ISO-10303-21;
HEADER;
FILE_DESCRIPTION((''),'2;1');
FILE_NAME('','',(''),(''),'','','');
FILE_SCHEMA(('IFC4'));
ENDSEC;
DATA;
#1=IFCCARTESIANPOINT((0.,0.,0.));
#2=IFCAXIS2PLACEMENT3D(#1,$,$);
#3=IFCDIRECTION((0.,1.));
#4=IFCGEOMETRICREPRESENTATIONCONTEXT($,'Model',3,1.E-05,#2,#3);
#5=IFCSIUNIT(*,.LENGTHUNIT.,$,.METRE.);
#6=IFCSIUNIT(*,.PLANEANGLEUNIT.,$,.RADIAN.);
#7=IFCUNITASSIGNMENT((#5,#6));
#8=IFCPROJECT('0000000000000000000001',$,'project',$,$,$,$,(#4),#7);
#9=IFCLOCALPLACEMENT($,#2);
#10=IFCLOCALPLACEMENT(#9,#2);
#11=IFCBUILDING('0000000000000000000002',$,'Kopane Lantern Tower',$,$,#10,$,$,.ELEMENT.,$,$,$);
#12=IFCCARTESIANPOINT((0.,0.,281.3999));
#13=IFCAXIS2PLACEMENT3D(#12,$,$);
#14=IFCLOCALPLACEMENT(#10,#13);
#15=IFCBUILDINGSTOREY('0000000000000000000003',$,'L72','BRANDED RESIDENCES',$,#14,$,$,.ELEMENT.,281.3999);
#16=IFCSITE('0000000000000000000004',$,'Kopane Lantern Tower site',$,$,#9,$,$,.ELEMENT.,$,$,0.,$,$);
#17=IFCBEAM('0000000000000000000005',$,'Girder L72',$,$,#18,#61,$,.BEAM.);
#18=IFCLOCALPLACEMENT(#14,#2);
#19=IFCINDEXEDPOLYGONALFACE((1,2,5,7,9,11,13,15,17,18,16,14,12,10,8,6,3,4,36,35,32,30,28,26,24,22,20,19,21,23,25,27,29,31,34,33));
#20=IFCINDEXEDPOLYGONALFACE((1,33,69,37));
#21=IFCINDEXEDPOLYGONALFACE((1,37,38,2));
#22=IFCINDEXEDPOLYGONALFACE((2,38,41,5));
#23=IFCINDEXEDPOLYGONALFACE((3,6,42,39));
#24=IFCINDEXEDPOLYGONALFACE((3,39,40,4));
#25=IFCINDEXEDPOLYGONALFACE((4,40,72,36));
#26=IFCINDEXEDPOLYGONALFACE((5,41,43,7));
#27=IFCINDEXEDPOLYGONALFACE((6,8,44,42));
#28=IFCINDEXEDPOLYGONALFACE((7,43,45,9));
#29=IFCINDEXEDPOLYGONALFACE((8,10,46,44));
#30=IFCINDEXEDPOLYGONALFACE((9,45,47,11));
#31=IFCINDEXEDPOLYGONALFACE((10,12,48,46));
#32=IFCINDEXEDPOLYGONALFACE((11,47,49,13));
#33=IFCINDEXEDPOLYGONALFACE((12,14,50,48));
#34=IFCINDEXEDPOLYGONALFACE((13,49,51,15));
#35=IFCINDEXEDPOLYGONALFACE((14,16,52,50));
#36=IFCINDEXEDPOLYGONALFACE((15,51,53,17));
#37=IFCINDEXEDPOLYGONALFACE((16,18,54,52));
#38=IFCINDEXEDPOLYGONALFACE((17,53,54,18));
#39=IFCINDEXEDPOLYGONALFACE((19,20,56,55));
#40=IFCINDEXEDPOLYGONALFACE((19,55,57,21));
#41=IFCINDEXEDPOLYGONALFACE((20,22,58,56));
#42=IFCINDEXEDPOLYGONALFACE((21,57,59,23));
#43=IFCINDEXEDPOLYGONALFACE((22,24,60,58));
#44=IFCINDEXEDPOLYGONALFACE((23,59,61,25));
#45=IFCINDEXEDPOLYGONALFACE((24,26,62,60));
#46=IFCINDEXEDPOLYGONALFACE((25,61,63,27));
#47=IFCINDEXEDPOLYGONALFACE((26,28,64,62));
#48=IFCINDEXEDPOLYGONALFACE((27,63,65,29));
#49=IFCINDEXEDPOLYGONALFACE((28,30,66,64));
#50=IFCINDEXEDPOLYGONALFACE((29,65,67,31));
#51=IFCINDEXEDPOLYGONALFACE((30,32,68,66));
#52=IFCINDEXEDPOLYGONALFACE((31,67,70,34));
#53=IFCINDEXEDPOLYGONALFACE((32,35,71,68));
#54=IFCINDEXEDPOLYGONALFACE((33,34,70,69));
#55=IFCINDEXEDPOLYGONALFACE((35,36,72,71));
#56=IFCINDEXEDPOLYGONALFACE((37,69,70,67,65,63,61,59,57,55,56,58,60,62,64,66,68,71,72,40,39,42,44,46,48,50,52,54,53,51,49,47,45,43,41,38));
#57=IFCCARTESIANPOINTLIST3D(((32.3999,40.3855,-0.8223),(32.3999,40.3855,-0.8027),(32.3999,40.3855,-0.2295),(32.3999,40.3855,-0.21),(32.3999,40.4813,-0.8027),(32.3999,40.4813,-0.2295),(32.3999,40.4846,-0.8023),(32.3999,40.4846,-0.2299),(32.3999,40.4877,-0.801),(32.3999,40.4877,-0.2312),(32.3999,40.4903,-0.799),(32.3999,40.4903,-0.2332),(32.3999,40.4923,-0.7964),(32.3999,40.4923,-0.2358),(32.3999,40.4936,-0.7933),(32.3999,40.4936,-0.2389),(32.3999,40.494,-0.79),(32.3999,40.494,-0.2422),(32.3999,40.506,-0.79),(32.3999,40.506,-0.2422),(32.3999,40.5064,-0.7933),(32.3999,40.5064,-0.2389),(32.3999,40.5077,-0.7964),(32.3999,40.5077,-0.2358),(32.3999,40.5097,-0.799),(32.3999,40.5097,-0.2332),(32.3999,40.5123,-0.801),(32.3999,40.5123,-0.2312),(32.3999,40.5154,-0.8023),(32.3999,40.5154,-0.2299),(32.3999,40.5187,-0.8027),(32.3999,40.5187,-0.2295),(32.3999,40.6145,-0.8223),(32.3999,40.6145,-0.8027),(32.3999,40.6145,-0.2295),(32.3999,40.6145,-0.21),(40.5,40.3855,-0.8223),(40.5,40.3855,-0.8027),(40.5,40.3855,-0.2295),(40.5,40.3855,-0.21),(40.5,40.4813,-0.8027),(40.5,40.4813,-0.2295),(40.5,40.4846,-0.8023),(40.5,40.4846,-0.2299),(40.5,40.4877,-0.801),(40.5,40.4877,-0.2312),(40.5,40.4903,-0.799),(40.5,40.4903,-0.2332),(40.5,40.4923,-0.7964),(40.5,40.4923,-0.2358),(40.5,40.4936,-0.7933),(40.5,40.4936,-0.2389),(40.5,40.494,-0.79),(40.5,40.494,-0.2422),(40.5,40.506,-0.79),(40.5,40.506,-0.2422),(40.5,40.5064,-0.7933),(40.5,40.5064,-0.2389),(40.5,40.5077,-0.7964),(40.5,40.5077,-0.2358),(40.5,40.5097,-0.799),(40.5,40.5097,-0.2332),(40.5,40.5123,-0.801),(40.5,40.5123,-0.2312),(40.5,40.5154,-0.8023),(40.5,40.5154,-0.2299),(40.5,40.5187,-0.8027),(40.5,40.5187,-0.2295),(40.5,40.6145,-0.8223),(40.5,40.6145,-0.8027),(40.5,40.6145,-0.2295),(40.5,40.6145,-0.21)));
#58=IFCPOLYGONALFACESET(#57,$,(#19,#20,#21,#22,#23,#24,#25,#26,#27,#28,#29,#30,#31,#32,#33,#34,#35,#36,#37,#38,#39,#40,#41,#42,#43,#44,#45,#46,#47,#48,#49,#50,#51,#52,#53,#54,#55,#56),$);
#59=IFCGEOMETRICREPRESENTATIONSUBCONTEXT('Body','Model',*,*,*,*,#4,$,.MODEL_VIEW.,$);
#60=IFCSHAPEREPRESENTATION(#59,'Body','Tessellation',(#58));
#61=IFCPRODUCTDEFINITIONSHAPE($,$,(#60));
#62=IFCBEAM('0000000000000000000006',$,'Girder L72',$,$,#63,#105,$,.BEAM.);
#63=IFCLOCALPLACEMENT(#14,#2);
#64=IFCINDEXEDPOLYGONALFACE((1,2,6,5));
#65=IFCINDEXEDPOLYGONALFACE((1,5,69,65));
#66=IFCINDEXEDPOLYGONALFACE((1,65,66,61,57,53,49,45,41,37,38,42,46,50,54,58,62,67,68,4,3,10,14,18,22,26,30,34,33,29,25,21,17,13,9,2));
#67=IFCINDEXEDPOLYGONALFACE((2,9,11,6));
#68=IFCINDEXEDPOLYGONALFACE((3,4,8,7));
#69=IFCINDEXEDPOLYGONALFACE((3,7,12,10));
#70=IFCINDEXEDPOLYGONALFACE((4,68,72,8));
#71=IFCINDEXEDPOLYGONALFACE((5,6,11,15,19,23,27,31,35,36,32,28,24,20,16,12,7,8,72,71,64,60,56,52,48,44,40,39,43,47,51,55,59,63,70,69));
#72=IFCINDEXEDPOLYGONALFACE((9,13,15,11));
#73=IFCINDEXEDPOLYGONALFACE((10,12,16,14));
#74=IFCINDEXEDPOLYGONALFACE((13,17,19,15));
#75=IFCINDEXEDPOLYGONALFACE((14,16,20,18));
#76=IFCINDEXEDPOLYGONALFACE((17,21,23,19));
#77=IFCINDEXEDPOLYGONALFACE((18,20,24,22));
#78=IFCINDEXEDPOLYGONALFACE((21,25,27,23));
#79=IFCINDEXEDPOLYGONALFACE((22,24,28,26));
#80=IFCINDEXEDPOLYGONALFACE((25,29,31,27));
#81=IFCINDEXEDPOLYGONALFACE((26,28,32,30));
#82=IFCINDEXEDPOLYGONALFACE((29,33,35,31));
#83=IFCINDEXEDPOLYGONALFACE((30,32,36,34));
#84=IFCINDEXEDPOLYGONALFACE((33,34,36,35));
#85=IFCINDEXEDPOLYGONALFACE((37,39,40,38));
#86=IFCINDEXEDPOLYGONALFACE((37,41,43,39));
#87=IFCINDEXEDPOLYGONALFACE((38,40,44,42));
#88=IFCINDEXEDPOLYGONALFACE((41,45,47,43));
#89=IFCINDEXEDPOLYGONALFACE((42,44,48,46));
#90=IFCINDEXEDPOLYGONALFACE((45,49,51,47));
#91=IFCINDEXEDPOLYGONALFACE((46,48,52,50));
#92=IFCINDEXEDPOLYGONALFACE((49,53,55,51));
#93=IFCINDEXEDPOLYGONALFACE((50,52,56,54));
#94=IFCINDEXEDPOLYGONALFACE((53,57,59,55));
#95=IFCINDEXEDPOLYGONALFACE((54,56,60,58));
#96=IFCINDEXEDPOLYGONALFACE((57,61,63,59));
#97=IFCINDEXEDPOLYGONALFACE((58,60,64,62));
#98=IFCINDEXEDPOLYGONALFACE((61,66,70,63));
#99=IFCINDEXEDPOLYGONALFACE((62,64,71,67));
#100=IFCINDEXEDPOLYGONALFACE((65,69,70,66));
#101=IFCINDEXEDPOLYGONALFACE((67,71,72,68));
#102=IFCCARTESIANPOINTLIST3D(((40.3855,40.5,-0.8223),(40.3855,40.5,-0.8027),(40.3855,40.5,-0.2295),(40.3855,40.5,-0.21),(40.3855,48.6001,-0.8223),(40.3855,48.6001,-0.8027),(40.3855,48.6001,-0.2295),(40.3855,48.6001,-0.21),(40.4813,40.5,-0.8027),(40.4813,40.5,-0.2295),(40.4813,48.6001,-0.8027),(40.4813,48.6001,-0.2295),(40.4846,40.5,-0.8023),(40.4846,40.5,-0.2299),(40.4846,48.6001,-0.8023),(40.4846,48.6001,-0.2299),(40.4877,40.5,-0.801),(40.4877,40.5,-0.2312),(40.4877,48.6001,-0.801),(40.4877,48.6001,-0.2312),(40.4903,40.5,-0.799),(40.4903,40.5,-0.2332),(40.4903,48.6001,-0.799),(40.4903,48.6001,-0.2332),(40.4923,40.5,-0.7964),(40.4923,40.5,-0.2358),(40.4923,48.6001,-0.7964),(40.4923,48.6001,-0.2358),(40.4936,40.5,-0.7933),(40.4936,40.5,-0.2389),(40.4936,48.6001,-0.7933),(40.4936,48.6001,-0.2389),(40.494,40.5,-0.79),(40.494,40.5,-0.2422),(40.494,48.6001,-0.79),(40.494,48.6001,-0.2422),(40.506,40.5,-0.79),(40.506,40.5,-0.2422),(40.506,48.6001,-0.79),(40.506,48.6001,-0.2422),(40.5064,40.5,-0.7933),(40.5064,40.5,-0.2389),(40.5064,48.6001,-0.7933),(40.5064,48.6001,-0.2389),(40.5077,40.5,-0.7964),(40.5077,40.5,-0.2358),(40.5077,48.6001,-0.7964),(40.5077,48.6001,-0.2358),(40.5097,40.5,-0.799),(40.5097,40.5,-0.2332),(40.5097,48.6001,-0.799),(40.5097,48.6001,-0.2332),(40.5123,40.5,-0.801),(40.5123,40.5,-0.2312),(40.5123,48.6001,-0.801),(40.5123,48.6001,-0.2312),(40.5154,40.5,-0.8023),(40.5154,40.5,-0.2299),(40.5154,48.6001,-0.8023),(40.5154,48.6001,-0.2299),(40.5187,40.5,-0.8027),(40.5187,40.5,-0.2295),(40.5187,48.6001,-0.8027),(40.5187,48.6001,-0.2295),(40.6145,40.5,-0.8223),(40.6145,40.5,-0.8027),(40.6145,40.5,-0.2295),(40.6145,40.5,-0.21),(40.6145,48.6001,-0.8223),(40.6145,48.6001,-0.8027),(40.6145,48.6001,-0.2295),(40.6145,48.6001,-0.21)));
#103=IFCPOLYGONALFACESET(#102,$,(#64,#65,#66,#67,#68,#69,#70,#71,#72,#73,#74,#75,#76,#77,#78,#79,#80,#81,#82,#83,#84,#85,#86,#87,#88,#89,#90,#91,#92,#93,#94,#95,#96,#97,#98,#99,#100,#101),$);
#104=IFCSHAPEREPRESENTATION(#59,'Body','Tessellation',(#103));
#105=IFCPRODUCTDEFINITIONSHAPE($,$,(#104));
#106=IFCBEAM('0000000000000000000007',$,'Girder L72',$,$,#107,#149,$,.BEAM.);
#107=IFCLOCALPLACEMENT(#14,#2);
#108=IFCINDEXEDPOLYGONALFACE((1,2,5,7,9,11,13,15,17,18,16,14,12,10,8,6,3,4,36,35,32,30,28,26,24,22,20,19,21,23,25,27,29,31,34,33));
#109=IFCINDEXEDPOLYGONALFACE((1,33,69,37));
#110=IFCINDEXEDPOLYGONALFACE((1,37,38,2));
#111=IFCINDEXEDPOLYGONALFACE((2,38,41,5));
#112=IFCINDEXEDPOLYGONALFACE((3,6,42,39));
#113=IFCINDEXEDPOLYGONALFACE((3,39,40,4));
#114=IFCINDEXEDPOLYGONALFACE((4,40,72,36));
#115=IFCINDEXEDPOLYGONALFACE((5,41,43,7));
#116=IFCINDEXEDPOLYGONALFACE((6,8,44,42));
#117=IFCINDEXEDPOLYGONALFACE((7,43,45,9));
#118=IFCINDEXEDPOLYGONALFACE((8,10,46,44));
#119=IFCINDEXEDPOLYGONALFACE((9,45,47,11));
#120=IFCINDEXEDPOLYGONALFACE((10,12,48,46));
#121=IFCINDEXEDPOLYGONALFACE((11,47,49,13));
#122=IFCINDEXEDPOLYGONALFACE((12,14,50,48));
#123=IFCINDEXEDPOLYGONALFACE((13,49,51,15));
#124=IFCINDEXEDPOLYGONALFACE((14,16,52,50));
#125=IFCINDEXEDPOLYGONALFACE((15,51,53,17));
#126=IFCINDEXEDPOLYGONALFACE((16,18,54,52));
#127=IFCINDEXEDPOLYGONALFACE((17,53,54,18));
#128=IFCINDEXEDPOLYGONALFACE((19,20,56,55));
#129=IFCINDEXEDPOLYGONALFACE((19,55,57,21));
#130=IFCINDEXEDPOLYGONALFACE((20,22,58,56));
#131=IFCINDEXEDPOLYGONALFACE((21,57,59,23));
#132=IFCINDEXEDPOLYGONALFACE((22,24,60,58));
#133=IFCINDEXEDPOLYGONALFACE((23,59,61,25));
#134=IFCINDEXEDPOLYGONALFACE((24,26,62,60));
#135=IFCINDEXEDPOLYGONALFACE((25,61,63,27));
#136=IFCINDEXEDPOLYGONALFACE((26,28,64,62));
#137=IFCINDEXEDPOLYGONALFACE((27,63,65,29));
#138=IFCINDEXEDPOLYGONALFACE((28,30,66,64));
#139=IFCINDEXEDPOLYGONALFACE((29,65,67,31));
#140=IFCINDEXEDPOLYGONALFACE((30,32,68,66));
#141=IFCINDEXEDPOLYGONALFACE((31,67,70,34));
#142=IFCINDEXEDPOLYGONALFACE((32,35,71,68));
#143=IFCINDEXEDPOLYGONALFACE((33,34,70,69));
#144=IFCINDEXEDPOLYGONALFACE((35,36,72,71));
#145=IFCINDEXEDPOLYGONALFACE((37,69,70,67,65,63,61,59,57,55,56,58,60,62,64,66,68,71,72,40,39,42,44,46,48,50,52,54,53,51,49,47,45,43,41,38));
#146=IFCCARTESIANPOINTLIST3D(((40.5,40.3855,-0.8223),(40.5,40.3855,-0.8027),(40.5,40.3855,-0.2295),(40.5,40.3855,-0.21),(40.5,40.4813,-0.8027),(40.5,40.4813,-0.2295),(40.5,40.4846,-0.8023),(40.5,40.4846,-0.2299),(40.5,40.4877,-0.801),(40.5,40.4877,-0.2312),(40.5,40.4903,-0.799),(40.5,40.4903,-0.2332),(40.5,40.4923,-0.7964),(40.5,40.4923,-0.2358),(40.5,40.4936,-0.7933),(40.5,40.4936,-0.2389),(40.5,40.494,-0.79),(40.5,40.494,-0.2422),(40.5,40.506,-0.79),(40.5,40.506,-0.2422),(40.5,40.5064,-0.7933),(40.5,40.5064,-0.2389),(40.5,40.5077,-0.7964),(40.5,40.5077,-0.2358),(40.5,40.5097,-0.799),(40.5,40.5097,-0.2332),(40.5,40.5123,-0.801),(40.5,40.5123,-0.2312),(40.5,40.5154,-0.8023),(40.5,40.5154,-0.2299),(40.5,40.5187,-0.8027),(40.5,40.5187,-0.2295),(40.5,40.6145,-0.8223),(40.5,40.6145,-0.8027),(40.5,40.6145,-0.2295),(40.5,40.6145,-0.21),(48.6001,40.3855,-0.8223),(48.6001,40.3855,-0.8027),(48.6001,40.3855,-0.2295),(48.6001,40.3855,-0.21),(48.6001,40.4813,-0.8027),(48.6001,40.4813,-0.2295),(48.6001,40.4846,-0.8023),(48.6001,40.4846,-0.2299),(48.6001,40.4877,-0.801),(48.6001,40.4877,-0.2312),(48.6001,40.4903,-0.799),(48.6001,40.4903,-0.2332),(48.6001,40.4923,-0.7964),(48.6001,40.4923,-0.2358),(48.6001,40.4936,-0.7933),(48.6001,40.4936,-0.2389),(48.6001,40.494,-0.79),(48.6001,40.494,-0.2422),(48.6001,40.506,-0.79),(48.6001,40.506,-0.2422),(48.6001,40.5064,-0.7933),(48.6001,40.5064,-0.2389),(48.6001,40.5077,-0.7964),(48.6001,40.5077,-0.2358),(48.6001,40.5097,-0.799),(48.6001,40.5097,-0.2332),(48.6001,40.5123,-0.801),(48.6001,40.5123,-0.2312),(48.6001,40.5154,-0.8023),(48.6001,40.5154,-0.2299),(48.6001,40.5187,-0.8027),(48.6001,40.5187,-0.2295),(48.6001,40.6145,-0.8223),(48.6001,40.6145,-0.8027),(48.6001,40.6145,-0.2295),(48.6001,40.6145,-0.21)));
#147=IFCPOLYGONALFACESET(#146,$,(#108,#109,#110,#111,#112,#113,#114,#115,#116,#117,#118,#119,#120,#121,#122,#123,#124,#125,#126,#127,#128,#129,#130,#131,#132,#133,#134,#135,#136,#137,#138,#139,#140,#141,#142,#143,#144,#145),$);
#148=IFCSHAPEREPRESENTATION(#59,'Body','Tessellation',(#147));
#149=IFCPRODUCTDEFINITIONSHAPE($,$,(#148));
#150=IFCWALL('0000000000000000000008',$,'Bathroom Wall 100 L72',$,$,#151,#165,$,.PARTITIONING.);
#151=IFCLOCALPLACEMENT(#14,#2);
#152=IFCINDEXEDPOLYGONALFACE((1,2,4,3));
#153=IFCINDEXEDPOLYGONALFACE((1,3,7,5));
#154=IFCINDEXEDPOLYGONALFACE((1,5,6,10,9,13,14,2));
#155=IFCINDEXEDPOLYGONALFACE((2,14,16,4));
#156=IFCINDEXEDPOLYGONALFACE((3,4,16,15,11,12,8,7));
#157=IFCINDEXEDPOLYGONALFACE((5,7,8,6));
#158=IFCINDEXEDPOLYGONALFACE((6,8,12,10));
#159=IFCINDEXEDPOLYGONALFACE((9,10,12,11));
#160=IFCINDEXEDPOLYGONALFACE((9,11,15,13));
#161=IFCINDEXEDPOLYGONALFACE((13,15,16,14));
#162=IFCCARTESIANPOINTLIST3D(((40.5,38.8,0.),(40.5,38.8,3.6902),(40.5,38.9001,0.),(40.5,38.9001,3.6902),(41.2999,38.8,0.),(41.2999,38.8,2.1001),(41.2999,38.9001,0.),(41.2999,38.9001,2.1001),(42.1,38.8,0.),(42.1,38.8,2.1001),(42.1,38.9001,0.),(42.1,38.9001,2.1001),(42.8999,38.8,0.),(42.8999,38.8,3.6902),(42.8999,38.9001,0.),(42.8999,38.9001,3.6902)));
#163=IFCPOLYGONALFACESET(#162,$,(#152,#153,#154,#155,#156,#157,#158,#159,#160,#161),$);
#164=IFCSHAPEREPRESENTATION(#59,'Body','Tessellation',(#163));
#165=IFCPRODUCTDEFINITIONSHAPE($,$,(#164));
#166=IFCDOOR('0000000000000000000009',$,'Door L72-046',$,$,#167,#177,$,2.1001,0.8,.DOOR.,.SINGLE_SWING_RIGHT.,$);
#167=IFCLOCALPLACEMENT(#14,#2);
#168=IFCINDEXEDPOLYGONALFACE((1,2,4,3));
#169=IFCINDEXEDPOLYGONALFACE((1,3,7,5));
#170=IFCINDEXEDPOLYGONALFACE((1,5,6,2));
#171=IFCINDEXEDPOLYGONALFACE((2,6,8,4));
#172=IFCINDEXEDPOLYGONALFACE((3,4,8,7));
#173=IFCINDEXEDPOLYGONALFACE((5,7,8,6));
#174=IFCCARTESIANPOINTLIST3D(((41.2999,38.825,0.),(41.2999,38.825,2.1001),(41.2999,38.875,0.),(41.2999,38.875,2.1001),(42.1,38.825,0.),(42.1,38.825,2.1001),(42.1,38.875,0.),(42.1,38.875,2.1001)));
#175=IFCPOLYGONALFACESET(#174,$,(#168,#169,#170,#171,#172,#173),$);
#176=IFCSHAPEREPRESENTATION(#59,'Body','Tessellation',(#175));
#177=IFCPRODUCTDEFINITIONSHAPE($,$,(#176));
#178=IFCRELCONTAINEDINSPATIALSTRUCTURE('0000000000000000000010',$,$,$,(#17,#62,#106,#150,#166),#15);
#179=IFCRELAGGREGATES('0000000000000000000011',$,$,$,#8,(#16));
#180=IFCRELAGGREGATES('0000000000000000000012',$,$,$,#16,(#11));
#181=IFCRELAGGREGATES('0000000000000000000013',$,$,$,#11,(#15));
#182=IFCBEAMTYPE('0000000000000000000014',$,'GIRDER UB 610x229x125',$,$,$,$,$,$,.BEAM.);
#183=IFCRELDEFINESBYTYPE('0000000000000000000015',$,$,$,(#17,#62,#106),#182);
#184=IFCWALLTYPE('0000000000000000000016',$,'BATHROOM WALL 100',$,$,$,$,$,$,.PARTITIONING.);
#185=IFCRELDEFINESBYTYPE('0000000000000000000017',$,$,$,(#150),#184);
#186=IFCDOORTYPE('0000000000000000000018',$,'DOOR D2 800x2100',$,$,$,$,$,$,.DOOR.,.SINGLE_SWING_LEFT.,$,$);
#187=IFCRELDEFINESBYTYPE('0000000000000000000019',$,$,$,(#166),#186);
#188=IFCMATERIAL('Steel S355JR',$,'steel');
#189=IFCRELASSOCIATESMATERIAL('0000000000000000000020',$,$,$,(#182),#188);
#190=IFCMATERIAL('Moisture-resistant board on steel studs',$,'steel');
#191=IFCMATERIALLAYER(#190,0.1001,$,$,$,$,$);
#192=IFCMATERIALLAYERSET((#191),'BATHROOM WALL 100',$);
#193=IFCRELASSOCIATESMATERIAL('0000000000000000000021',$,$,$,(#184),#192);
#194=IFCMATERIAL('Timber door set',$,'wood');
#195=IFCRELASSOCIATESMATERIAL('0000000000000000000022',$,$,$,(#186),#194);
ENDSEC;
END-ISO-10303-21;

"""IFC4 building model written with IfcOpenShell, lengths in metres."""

from ifc_helpers import new_model, si_unit, direction, frame, frame_2d, origin, origin_2d, place, context, subcontext, project, spatial, rectangle, i_section, extrude, material, layer, layer_set, material_profile, profile_set, type_object, element, fill, save


model = new_model("IFC4")

# Units and contexts
model_context = context("Model", 3, precision=1e-05, world=origin(), true_north=direction((0.0, 1.0)))
body_context = subcontext(model_context, "Body", "Model", "MODEL_VIEW")
ifc_project = project(units=[si_unit("LENGTHUNIT", "METRE"), si_unit("PLANEANGLEUNIT", "RADIAN")], contexts=[model_context])

# Site, building, storey
site_placement = place(None, origin())
site = spatial("IfcSite", under=ifc_project, at=site_placement, Name="Kopane Lantern Tower site", CompositionType="ELEMENT", RefElevation=0.0)
building_placement = place(site_placement, origin())
building = spatial("IfcBuilding", under=site, at=building_placement, Name="Kopane Lantern Tower", CompositionType="ELEMENT")
storey_placement = place(building_placement, frame((0.0, 0.0, 281.3999)))
storey = spatial("IfcBuildingStorey", under=building, at=storey_placement, Name="L72", Description="BRANDED RESIDENCES", CompositionType="ELEMENT", Elevation=281.3999)

# Beams
ifc_material_1 = material(Name="Steel S355JR", Category="steel")
ifc_material_profile_1 = material_profile(ifc_material_1, i_section(OverallWidth=0.229, OverallDepth=0.6123, WebThickness=0.012, FlangeThickness=0.0195, FilletRadius=0.0127, at=origin_2d()), Name="UB 610x229x125")
ifc_profile_set_1 = profile_set([ifc_material_profile_1], Name="Steel S355JR")
beam_type = type_object("IfcBeamType", Name="GIRDER UB 610x229x125", PredefinedType="BEAM", material=ifc_profile_set_1)
for number, where, z_axis, x_axis, name in (
    (1, (32.3999, 40.5, -0.5161), (1.0, 0.0, 0.0), (0.0, 1.0, 0.0), "Girder L72"),
    (2, (40.5, 40.5, -0.5161), (0.0, 1.0, 0.0), (-1.0, 0.0, 0.0), "Girder L72"),
    (3, (40.5, 40.5, -0.5161), (1.0, 0.0, 0.0), (0.0, 1.0, 0.0), "Girder L72"),
):
    element("IfcBeam", number, at=place(storey_placement, frame(where, z_axis=z_axis, x_axis=x_axis)), inside=storey, type_object=beam_type, Name=name, PredefinedType="BEAM", context=body_context, shape_type="SweptSolid", body=[
        extrude(i_section(OverallWidth=0.229, OverallDepth=0.6123, WebThickness=0.012, FlangeThickness=0.0195, FilletRadius=0.0127, at=origin_2d()), origin(), (0.0, 0.0, 1.0), 8.1001),
    ])

# Wall, opening, door
ifc_material_2 = material(Name="Moisture-resistant board on steel studs", Category="steel")
ifc_layer_1 = layer(ifc_material_2, 0.1001)
ifc_layer_set_1 = layer_set([ifc_layer_1], Name="BATHROOM WALL 100")
wall_type_1 = type_object("IfcWallType", Name="BATHROOM WALL 100", PredefinedType="PARTITIONING", material=ifc_layer_set_1)
wall_1_placement = place(storey_placement, frame((40.5, 38.8501, 0.0), z_axis=(0.0, 0.0, 1.0), x_axis=(1.0, 0.0, 0.0)))
wall_1 = element("IfcWall", 4, at=wall_1_placement, inside=storey, type_object=wall_type_1, Name="Bathroom Wall 100 L72", PredefinedType="PARTITIONING", context=body_context, shape_type="SweptSolid", body=[
    extrude(rectangle(XDim=2.3999, YDim=0.1001, at=frame_2d((1.2, 0.0))), origin(), (0.0, 0.0, 1.0), 3.6902),
])
opening_1_placement = place(wall_1_placement, frame((0.8, 0.0, 0.0)))
opening_1 = element("IfcOpeningElement", 5, at=opening_1_placement, cuts=wall_1, PredefinedType="OPENING", context=body_context, shape_type="SweptSolid", body=[
    extrude(rectangle(XDim=0.8, YDim=2.1001, at=frame_2d((0.3999, 1.05))), frame((0.0, 0.0601, 0.0), z_axis=(0.0, -1.0, 0.0), x_axis=(1.0, 0.0, 0.0)), (0.0, 0.0, 1.0), 0.1201),
])
ifc_material_3 = material(Name="Timber door set", Category="wood")
door_type_1 = type_object("IfcDoorType", Name="DOOR D2 800x2100", OperationType="SINGLE_SWING_LEFT", PredefinedType="DOOR", material=ifc_material_3)
door_1_placement = place(opening_1_placement, origin())
door_1 = element("IfcDoor", 6, at=door_1_placement, inside=storey, type_object=door_type_1, Name="Door L72-046", OperationType="SINGLE_SWING_RIGHT", OverallHeight=2.1001, OverallWidth=0.8, PredefinedType="DOOR", context=body_context, shape_type="SweptSolid", body=[
    extrude(rectangle(XDim=0.8, YDim=2.1001, at=frame_2d((0.3999, 1.05))), frame((0.0, 0.0249, 0.0), z_axis=(0.0, -1.0, 0.0), x_axis=(1.0, 0.0, 0.0)), (0.0, 0.0, 1.0), 0.05),
])
fill(opening_1, door_1)

save(model, "model.ifc")
